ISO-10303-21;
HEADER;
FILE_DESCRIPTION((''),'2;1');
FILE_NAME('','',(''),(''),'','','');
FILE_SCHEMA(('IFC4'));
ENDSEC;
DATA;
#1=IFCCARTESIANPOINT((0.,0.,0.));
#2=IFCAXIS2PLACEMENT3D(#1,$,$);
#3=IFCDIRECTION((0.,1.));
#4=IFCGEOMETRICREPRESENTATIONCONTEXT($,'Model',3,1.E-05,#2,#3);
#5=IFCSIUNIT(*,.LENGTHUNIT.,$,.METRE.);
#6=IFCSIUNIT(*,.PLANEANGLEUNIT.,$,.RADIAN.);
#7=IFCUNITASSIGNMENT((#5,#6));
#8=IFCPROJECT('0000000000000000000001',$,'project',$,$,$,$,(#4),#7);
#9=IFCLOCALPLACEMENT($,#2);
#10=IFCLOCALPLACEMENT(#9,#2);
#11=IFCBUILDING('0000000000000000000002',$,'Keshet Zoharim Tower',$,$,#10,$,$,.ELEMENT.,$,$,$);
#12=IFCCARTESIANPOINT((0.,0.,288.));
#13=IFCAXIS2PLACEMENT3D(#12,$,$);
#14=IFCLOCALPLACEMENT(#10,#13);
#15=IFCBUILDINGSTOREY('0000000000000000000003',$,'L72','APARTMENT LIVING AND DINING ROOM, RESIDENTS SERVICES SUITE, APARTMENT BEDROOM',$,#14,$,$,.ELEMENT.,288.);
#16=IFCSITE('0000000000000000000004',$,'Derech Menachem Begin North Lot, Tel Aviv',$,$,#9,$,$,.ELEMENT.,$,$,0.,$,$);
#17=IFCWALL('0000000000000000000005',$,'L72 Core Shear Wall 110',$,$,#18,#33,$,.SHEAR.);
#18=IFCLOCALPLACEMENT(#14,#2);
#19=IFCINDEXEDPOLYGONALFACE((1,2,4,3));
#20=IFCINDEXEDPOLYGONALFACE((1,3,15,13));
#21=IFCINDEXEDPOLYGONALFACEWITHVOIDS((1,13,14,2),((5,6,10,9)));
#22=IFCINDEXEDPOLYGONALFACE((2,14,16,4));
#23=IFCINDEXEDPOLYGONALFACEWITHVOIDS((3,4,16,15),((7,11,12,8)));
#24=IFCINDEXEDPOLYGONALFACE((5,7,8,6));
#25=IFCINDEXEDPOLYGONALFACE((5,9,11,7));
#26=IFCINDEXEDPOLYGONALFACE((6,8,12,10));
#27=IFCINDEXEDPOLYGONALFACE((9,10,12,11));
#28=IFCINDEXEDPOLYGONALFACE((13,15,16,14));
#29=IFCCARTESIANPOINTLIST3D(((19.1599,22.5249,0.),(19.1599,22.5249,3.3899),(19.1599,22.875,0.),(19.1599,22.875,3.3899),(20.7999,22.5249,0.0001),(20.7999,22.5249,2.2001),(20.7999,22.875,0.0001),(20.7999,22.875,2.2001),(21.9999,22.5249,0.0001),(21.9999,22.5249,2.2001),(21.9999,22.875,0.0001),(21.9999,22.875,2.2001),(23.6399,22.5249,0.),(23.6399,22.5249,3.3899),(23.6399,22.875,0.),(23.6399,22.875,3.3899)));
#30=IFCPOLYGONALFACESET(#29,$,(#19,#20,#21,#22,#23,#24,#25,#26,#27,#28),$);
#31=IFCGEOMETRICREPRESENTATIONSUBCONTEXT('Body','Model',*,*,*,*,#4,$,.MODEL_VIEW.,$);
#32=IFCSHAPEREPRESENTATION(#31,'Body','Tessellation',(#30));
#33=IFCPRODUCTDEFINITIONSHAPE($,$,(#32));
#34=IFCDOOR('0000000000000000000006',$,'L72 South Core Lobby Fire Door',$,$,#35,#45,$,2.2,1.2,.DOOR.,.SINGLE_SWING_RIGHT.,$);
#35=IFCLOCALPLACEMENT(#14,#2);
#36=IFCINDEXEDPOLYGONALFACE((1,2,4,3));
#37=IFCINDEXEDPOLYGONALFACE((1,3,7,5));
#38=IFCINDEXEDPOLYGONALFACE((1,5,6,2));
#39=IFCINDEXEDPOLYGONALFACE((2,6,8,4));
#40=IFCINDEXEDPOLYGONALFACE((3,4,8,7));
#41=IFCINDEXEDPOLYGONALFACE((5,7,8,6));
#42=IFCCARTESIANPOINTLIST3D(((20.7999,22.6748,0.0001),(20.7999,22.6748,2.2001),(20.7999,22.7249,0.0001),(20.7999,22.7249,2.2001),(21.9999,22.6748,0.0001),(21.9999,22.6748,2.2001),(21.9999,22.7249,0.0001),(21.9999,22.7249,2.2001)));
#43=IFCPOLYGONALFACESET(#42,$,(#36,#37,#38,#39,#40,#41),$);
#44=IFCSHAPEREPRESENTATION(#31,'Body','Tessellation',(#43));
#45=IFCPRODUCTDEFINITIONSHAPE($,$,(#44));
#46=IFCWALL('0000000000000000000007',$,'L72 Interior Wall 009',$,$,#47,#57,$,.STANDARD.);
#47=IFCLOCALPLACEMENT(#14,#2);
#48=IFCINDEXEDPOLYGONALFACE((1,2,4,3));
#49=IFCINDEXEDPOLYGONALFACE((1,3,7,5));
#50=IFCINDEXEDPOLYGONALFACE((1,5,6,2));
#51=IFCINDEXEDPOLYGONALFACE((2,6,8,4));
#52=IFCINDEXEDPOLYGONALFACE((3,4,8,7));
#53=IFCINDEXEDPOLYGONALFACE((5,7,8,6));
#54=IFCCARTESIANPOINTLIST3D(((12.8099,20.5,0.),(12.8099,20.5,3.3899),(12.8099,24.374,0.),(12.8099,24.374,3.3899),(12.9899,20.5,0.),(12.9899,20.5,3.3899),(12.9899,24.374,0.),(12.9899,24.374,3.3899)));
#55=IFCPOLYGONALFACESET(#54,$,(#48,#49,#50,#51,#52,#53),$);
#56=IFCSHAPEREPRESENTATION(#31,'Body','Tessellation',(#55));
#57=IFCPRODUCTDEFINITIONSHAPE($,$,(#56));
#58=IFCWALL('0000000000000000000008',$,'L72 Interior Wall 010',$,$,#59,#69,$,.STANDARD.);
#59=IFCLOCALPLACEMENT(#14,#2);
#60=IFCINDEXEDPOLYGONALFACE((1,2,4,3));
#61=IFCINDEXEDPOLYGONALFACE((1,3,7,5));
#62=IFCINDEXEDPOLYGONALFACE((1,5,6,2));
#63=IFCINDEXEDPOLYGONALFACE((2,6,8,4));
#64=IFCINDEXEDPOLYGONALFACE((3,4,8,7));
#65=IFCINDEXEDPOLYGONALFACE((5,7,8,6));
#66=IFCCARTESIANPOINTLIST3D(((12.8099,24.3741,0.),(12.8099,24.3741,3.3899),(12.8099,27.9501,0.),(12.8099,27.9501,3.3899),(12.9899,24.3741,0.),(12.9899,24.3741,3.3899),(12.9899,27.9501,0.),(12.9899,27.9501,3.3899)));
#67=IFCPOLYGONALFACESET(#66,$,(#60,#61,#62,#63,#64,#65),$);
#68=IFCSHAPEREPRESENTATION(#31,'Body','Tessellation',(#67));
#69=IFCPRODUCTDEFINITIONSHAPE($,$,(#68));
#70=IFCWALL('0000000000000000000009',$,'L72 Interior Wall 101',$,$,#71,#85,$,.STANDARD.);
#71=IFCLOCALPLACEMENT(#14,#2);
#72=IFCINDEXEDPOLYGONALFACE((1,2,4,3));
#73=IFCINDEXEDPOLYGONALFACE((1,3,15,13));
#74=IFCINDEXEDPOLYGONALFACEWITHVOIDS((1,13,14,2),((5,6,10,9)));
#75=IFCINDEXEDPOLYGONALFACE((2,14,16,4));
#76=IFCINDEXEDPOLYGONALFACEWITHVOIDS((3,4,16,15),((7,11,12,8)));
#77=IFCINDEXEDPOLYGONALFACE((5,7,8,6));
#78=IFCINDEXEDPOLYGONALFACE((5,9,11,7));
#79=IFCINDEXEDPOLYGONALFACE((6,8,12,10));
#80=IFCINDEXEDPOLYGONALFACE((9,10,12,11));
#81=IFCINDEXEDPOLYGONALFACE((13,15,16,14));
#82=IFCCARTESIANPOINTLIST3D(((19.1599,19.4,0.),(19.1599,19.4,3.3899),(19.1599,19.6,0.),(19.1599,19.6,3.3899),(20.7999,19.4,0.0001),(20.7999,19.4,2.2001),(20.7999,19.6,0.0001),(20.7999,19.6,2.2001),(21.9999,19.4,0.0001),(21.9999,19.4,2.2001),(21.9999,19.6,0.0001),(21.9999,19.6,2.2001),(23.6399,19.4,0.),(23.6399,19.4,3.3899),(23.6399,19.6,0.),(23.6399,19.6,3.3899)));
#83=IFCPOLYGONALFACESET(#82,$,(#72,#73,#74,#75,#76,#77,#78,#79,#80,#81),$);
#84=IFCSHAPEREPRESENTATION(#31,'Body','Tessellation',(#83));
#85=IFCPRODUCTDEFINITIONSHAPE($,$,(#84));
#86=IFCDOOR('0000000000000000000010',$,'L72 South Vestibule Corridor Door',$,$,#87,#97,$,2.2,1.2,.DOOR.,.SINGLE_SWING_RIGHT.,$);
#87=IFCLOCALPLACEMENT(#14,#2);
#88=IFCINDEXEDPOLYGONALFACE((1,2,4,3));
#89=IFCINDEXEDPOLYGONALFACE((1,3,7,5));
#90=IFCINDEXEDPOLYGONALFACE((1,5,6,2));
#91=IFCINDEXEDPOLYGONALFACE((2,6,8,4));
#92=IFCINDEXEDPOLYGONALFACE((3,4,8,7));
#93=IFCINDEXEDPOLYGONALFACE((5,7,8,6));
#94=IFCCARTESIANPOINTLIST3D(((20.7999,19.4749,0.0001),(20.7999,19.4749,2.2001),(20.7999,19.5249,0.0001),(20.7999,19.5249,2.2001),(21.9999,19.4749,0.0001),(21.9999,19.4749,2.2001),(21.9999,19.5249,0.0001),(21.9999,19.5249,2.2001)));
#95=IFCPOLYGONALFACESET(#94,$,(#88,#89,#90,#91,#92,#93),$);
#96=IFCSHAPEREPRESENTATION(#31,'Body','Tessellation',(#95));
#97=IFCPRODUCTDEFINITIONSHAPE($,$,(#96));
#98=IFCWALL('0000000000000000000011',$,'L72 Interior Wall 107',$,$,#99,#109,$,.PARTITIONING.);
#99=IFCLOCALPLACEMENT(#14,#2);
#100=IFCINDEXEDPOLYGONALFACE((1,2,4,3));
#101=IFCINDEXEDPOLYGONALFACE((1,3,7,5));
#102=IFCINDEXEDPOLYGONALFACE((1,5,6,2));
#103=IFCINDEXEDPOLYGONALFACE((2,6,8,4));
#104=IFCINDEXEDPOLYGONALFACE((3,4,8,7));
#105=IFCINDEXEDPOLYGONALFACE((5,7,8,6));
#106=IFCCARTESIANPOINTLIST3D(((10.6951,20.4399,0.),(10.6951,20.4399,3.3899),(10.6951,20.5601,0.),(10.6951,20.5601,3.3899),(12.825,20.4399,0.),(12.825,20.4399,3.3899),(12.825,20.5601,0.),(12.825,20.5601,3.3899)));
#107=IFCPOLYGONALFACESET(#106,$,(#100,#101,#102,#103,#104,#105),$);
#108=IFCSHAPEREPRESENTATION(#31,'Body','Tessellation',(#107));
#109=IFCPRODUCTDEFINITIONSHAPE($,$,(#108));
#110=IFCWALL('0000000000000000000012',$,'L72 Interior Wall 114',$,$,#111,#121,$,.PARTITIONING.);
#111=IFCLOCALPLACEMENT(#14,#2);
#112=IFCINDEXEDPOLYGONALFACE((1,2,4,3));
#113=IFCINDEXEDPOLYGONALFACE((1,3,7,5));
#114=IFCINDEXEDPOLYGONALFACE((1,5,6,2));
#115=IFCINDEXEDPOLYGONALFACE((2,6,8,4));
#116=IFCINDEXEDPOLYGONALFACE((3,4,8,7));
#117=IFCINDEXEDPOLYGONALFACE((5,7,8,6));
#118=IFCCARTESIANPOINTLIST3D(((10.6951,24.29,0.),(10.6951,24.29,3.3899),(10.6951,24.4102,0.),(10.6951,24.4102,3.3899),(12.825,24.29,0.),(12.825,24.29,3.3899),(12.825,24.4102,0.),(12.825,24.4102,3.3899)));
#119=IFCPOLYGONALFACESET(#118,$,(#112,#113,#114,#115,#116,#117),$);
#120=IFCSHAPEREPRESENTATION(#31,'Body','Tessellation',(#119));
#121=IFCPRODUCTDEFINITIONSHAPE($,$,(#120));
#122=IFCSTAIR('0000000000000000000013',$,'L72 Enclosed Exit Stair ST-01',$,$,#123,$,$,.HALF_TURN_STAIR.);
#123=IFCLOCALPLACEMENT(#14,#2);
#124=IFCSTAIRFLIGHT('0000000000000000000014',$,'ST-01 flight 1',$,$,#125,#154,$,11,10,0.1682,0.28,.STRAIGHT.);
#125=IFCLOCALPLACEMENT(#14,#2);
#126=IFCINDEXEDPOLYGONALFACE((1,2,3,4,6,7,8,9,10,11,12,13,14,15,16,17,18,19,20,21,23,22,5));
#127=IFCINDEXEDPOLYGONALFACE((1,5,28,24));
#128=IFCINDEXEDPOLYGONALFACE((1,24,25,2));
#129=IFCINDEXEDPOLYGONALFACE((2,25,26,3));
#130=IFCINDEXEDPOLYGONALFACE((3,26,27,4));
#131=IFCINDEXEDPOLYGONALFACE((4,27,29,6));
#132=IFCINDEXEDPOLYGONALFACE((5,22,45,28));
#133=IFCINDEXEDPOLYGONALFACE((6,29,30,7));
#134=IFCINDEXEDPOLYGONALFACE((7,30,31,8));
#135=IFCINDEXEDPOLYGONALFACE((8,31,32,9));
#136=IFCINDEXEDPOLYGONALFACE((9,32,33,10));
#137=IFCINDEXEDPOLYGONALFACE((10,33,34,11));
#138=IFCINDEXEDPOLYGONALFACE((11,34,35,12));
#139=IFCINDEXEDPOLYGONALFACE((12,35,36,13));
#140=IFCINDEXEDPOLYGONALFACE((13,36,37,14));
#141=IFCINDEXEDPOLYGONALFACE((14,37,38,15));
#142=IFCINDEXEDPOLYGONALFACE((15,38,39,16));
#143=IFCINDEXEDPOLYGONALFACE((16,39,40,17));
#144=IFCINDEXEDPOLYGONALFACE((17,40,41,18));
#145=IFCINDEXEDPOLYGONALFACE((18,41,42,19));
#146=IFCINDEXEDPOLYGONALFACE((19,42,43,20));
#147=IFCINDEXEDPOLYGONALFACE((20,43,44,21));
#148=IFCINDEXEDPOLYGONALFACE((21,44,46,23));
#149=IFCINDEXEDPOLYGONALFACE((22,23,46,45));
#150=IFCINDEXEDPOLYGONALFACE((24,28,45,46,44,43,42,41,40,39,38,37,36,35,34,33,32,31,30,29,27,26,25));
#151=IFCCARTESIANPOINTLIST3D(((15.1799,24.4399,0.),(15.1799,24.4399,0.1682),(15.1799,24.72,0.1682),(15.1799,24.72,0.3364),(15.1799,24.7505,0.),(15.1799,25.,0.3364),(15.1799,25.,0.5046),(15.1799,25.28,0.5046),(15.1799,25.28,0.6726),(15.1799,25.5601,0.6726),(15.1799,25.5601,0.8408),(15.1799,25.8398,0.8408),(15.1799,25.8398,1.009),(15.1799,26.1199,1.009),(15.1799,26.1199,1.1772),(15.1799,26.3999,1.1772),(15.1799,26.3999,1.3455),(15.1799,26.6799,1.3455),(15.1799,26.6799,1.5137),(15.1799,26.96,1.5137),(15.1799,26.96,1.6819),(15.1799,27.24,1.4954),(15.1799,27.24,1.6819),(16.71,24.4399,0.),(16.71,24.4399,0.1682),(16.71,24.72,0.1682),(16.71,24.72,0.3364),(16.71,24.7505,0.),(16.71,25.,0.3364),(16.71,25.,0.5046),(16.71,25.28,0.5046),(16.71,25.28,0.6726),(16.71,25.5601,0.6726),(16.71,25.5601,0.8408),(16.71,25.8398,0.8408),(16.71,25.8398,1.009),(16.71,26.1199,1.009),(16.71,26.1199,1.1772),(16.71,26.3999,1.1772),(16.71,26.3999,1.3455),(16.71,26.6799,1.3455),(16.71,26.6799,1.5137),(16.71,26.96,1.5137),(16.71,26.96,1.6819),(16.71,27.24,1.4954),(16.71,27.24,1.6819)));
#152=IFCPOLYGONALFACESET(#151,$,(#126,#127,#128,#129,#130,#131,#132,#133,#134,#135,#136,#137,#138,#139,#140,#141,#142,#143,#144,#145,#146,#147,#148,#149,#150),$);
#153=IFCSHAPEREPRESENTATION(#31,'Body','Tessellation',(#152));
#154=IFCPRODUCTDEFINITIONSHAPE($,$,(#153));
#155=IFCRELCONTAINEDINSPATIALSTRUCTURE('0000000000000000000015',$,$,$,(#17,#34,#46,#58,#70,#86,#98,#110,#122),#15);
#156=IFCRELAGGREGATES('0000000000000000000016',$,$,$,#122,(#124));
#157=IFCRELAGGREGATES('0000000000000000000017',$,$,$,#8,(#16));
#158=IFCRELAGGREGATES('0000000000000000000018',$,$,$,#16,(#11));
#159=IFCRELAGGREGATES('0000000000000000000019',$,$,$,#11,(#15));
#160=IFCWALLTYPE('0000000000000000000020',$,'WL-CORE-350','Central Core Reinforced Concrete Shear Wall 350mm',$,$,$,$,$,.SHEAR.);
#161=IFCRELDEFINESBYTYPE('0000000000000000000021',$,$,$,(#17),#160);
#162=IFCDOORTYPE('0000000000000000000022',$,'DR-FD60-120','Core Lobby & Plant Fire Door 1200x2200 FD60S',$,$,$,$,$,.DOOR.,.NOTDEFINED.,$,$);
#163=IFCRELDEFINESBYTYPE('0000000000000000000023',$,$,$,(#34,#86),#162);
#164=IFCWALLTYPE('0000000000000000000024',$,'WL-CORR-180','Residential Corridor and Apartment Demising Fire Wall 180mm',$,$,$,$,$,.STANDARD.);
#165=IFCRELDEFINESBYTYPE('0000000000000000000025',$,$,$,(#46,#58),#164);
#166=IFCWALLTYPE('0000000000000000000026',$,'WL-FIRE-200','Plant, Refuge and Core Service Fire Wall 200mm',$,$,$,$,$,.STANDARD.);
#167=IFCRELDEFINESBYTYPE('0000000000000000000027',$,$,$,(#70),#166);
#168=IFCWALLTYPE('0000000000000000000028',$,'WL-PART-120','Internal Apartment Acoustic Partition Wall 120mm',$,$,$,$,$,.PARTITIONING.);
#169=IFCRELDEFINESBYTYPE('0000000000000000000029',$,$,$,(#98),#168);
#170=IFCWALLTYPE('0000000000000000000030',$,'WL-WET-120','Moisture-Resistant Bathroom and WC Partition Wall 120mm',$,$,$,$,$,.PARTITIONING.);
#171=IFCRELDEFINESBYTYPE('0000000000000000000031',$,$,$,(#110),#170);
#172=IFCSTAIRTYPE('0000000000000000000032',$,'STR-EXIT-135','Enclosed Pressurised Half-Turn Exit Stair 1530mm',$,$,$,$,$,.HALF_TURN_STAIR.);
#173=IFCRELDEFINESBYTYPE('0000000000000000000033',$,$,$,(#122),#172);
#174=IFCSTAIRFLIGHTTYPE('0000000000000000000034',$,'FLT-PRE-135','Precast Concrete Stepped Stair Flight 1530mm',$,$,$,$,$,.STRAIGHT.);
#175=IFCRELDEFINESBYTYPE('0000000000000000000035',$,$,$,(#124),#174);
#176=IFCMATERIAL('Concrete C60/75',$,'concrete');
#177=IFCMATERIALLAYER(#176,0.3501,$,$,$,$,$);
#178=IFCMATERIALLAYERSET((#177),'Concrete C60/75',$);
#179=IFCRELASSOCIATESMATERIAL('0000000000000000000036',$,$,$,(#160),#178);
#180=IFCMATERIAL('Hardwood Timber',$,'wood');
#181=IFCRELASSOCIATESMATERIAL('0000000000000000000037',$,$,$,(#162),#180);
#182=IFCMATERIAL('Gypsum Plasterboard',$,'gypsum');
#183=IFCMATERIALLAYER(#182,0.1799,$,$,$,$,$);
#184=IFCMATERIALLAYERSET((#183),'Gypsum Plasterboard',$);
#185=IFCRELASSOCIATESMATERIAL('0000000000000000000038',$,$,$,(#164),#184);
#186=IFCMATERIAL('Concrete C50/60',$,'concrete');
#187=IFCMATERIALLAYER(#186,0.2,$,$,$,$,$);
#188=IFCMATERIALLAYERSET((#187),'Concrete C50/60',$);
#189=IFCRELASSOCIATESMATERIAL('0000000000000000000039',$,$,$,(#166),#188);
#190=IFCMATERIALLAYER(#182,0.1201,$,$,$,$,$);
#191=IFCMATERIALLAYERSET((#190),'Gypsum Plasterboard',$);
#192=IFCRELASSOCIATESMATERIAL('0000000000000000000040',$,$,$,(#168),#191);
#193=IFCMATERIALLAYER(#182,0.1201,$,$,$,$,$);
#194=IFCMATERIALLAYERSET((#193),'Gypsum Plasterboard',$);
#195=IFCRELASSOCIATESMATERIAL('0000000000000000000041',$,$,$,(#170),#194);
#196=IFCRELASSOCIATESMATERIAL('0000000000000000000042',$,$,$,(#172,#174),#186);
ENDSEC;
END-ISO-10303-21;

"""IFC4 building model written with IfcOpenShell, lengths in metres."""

from ifc_helpers import new_model, si_unit, direction, frame, frame_2d, origin, place, context, subcontext, project, spatial, polyline, rectangle, outline, extrude, material, layer, layer_set, type_object, element, fill, aggregate, save


model = new_model("IFC4")

# Units and contexts
model_context = context("Model", 3, precision=1e-05, world=origin(), true_north=direction((0.0, 1.0)))
body_context = subcontext(model_context, "Body", "Model", "MODEL_VIEW")
ifc_project = project(units=[si_unit("LENGTHUNIT", "METRE"), si_unit("PLANEANGLEUNIT", "RADIAN")], contexts=[model_context])

# Site, building, storey
site_placement = place(None, origin())
site = spatial("IfcSite", under=ifc_project, at=site_placement, Name="Derech Menachem Begin North Lot, Tel Aviv", CompositionType="ELEMENT", RefElevation=0.0)
building_placement = place(site_placement, origin())
building = spatial("IfcBuilding", under=site, at=building_placement, Name="Keshet Zoharim Tower", CompositionType="ELEMENT")
storey_placement = place(building_placement, frame((0.0, 0.0, 288.0)))
storey = spatial("IfcBuildingStorey", under=building, at=storey_placement, Name="L72", Description="APARTMENT LIVING AND DINING ROOM, RESIDENTS SERVICES SUITE, APARTMENT BEDROOM", CompositionType="ELEMENT", Elevation=288.0)

# Shared definitions
ifc_material_1 = material(Name="Concrete C50/60", Category="concrete")

# Shared definitions
ifc_material_2 = material(Name="Concrete C60/75", Category="concrete")
ifc_layer_1 = layer(ifc_material_2, 0.3501)
ifc_layer_set_1 = layer_set([ifc_layer_1], Name="Concrete C60/75")
wall_type_1 = type_object("IfcWallType", Name="WL-CORE-350", Description="Central Core Reinforced Concrete Shear Wall 350mm", PredefinedType="SHEAR", material=ifc_layer_set_1)

# Shared definitions
ifc_material_3 = material(Name="Hardwood Timber", Category="wood")

# Wall, opening, door
wall_1_placement = place(storey_placement, frame((19.1599, 22.7, 0.0), z_axis=(0.0, 0.0, 1.0), x_axis=(1.0, 0.0, 0.0)))
wall_1 = element("IfcWall", 1, at=wall_1_placement, inside=storey, type_object=wall_type_1, Name="L72 Core Shear Wall 110", PredefinedType="SHEAR", context=body_context, shape_type="SweptSolid", body=[
    extrude(rectangle(XDim=4.48, YDim=0.3501, at=frame_2d((2.24, 0.0))), origin(), (0.0, 0.0, 1.0), 3.3899),
])
opening_1_placement = place(wall_1_placement, frame((1.6399, 0.0, 0.0)))
opening_1 = element("IfcOpeningElement", 2, at=opening_1_placement, cuts=wall_1, PredefinedType="OPENING", context=body_context, shape_type="SweptSolid", body=[
    extrude(rectangle(XDim=1.2, YDim=2.2, at=frame_2d((0.6001, 1.1001))), frame((0.0, 0.1851, 0.0), z_axis=(0.0, -1.0, 0.0), x_axis=(1.0, 0.0, 0.0)), (0.0, 0.0, 1.0), 0.3701),
])
door_type_1 = type_object("IfcDoorType", Name="DR-FD60-120", Description="Core Lobby & Plant Fire Door 1200x2200 FD60S", OperationType="NOTDEFINED", PredefinedType="DOOR", material=ifc_material_3)
door_1_placement = place(opening_1_placement, origin())
door_1 = element("IfcDoor", 3, at=door_1_placement, inside=storey, type_object=door_type_1, Name="L72 South Core Lobby Fire Door", OperationType="SINGLE_SWING_RIGHT", OverallHeight=2.2, OverallWidth=1.2, PredefinedType="DOOR", context=body_context, shape_type="SweptSolid", body=[
    extrude(rectangle(XDim=1.2, YDim=2.2, at=frame_2d((0.6001, 1.1001))), frame((0.0, 0.0249, 0.0), z_axis=(0.0, -1.0, 0.0), x_axis=(1.0, 0.0, 0.0)), (0.0, 0.0, 1.0), 0.05),
])
fill(opening_1, door_1)

# Walls
ifc_material_4 = material(Name="Gypsum Plasterboard", Category="gypsum")
ifc_layer_2 = layer(ifc_material_4, 0.1799)
ifc_layer_set_2 = layer_set([ifc_layer_2], Name="Gypsum Plasterboard")
wall_type_2 = type_object("IfcWallType", Name="WL-CORR-180", Description="Residential Corridor and Apartment Demising Fire Wall 180mm", PredefinedType="STANDARD", material=ifc_layer_set_2)
wall_2_placement = place(storey_placement, frame((12.8999, 20.5, 0.0), z_axis=(0.0, 0.0, 1.0), x_axis=(0.0, 1.0, 0.0)))
element("IfcWall", 4, at=wall_2_placement, inside=storey, type_object=wall_type_2, Name="L72 Interior Wall 009", PredefinedType="STANDARD", context=body_context, shape_type="SweptSolid", body=[
    extrude(rectangle(XDim=3.874, YDim=0.1799, at=frame_2d((1.937, 0.0))), origin(), (0.0, 0.0, 1.0), 3.3899),
])
wall_3_placement = place(storey_placement, frame((12.8999, 24.374, 0.0), z_axis=(0.0, 0.0, 1.0), x_axis=(0.0, 1.0, 0.0)))
element("IfcWall", 5, at=wall_3_placement, inside=storey, type_object=wall_type_2, Name="L72 Interior Wall 010", PredefinedType="STANDARD", context=body_context, shape_type="SweptSolid", body=[
    extrude(rectangle(XDim=3.5759, YDim=0.1799, at=frame_2d((1.7881, 0.0))), origin(), (0.0, 0.0, 1.0), 3.3899),
])

# Wall, opening, door
ifc_layer_3 = layer(ifc_material_1, 0.2)
ifc_layer_set_3 = layer_set([ifc_layer_3], Name="Concrete C50/60")
wall_type_3 = type_object("IfcWallType", Name="WL-FIRE-200", Description="Plant, Refuge and Core Service Fire Wall 200mm", PredefinedType="STANDARD", material=ifc_layer_set_3)
wall_4_placement = place(storey_placement, frame((19.1599, 19.5, 0.0), z_axis=(0.0, 0.0, 1.0), x_axis=(1.0, 0.0, 0.0)))
wall_4 = element("IfcWall", 6, at=wall_4_placement, inside=storey, type_object=wall_type_3, Name="L72 Interior Wall 101", PredefinedType="STANDARD", context=body_context, shape_type="SweptSolid", body=[
    extrude(rectangle(XDim=4.48, YDim=0.2, at=frame_2d((2.24, 0.0))), origin(), (0.0, 0.0, 1.0), 3.3899),
])
opening_2_placement = place(wall_4_placement, frame((1.6399, 0.0, 0.0)))
opening_2 = element("IfcOpeningElement", 7, at=opening_2_placement, cuts=wall_4, PredefinedType="OPENING", context=body_context, shape_type="SweptSolid", body=[
    extrude(rectangle(XDim=1.2, YDim=2.2, at=frame_2d((0.6001, 1.1001))), frame((0.0, 0.1099, 0.0), z_axis=(0.0, -1.0, 0.0), x_axis=(1.0, 0.0, 0.0)), (0.0, 0.0, 1.0), 0.22),
])
door_2_placement = place(opening_2_placement, origin())
door_2 = element("IfcDoor", 8, at=door_2_placement, inside=storey, type_object=door_type_1, Name="L72 South Vestibule Corridor Door", OperationType="SINGLE_SWING_RIGHT", OverallHeight=2.2, OverallWidth=1.2, PredefinedType="DOOR", context=body_context, shape_type="SweptSolid", body=[
    extrude(rectangle(XDim=1.2, YDim=2.2, at=frame_2d((0.6001, 1.1001))), frame((0.0, 0.0249, 0.0), z_axis=(0.0, -1.0, 0.0), x_axis=(1.0, 0.0, 0.0)), (0.0, 0.0, 1.0), 0.05),
])
fill(opening_2, door_2)

# Walls
ifc_layer_4 = layer(ifc_material_4, 0.1201)
ifc_layer_set_4 = layer_set([ifc_layer_4], Name="Gypsum Plasterboard")
wall_type_4 = type_object("IfcWallType", Name="WL-PART-120", Description="Internal Apartment Acoustic Partition Wall 120mm", PredefinedType="PARTITIONING", material=ifc_layer_set_4)
wall_5_placement = place(storey_placement, frame((10.6951, 20.5, 0.0), z_axis=(0.0, 0.0, 1.0), x_axis=(1.0, 0.0, 0.0)))
element("IfcWall", 9, at=wall_5_placement, inside=storey, type_object=wall_type_4, Name="L72 Interior Wall 107", PredefinedType="PARTITIONING", context=body_context, shape_type="SweptSolid", body=[
    extrude(rectangle(XDim=2.1299, YDim=0.1201, at=frame_2d((1.0649, 0.0))), origin(), (0.0, 0.0, 1.0), 3.3899),
])
ifc_layer_5 = layer(ifc_material_4, 0.1201)
ifc_layer_set_5 = layer_set([ifc_layer_5], Name="Gypsum Plasterboard")
wall_type_5 = type_object("IfcWallType", Name="WL-WET-120", Description="Moisture-Resistant Bathroom and WC Partition Wall 120mm", PredefinedType="PARTITIONING", material=ifc_layer_set_5)
wall_6_placement = place(storey_placement, frame((10.6951, 24.3501, 0.0), z_axis=(0.0, 0.0, 1.0), x_axis=(1.0, 0.0, 0.0)))
element("IfcWall", 10, at=wall_6_placement, inside=storey, type_object=wall_type_5, Name="L72 Interior Wall 114", PredefinedType="PARTITIONING", context=body_context, shape_type="SweptSolid", body=[
    extrude(rectangle(XDim=2.1299, YDim=0.1201, at=frame_2d((1.0649, 0.0))), origin(), (0.0, 0.0, 1.0), 3.3899),
])

# Stair, stair flight
stair_type = type_object("IfcStairType", Name="STR-EXIT-135", Description="Enclosed Pressurised Half-Turn Exit Stair 1530mm", PredefinedType="HALF_TURN_STAIR", material=ifc_material_1)
stair_placement = place(storey_placement, origin())
stair = element("IfcStair", 11, at=stair_placement, inside=storey, type_object=stair_type, Name="L72 Enclosed Exit Stair ST-01", PredefinedType="HALF_TURN_STAIR")
stair_flight_type = type_object("IfcStairFlightType", Name="FLT-PRE-135", Description="Precast Concrete Stepped Stair Flight 1530mm", PredefinedType="STRAIGHT", material=ifc_material_1)
stair_flight_1_placement = place(storey_placement, frame((15.9451, 24.4399, 0.0), z_axis=(0.0, 0.0, 1.0), x_axis=(0.0, 1.0, 0.0)))
stair_flight_1 = element("IfcStairFlight", 12, at=stair_flight_1_placement, type_object=stair_flight_type, Name="ST-01 flight 1", NumberOfRisers=11, NumberOfTreads=10, PredefinedType="STRAIGHT", RiserHeight=0.1682, TreadLength=0.28, context=body_context, shape_type="SweptSolid", body=[
    extrude(outline(polyline([(0.0, 0.0), (0.0, 0.1682), (0.28, 0.1682), (0.28, 0.3364), (0.5601, 0.3364), (0.5601, 0.5046), (0.8401, 0.5046), (0.8401, 0.6726), (1.1201, 0.6726), (1.1201, 0.8408), (1.3999, 0.8408), (1.3999, 1.009), (1.6799, 1.009), (1.6799, 1.1772), (1.96, 1.1772), (1.96, 1.3455), (2.24, 1.3455), (2.24, 1.5137), (2.52, 1.5137), (2.52, 1.6819), (2.8, 1.6819), (2.8, 1.8501), (2.8, 1.4954), (0.3105, 0.0), (0.0, 0.0)])), frame((0.0, 0.7651, 0.0), z_axis=(0.0, -1.0, 0.0), x_axis=(1.0, 0.0, 0.0)), (0.0, 0.0, 1.0), 1.53),
])
aggregate(stair, [stair_flight_1])

save(model, "model.ifc")
